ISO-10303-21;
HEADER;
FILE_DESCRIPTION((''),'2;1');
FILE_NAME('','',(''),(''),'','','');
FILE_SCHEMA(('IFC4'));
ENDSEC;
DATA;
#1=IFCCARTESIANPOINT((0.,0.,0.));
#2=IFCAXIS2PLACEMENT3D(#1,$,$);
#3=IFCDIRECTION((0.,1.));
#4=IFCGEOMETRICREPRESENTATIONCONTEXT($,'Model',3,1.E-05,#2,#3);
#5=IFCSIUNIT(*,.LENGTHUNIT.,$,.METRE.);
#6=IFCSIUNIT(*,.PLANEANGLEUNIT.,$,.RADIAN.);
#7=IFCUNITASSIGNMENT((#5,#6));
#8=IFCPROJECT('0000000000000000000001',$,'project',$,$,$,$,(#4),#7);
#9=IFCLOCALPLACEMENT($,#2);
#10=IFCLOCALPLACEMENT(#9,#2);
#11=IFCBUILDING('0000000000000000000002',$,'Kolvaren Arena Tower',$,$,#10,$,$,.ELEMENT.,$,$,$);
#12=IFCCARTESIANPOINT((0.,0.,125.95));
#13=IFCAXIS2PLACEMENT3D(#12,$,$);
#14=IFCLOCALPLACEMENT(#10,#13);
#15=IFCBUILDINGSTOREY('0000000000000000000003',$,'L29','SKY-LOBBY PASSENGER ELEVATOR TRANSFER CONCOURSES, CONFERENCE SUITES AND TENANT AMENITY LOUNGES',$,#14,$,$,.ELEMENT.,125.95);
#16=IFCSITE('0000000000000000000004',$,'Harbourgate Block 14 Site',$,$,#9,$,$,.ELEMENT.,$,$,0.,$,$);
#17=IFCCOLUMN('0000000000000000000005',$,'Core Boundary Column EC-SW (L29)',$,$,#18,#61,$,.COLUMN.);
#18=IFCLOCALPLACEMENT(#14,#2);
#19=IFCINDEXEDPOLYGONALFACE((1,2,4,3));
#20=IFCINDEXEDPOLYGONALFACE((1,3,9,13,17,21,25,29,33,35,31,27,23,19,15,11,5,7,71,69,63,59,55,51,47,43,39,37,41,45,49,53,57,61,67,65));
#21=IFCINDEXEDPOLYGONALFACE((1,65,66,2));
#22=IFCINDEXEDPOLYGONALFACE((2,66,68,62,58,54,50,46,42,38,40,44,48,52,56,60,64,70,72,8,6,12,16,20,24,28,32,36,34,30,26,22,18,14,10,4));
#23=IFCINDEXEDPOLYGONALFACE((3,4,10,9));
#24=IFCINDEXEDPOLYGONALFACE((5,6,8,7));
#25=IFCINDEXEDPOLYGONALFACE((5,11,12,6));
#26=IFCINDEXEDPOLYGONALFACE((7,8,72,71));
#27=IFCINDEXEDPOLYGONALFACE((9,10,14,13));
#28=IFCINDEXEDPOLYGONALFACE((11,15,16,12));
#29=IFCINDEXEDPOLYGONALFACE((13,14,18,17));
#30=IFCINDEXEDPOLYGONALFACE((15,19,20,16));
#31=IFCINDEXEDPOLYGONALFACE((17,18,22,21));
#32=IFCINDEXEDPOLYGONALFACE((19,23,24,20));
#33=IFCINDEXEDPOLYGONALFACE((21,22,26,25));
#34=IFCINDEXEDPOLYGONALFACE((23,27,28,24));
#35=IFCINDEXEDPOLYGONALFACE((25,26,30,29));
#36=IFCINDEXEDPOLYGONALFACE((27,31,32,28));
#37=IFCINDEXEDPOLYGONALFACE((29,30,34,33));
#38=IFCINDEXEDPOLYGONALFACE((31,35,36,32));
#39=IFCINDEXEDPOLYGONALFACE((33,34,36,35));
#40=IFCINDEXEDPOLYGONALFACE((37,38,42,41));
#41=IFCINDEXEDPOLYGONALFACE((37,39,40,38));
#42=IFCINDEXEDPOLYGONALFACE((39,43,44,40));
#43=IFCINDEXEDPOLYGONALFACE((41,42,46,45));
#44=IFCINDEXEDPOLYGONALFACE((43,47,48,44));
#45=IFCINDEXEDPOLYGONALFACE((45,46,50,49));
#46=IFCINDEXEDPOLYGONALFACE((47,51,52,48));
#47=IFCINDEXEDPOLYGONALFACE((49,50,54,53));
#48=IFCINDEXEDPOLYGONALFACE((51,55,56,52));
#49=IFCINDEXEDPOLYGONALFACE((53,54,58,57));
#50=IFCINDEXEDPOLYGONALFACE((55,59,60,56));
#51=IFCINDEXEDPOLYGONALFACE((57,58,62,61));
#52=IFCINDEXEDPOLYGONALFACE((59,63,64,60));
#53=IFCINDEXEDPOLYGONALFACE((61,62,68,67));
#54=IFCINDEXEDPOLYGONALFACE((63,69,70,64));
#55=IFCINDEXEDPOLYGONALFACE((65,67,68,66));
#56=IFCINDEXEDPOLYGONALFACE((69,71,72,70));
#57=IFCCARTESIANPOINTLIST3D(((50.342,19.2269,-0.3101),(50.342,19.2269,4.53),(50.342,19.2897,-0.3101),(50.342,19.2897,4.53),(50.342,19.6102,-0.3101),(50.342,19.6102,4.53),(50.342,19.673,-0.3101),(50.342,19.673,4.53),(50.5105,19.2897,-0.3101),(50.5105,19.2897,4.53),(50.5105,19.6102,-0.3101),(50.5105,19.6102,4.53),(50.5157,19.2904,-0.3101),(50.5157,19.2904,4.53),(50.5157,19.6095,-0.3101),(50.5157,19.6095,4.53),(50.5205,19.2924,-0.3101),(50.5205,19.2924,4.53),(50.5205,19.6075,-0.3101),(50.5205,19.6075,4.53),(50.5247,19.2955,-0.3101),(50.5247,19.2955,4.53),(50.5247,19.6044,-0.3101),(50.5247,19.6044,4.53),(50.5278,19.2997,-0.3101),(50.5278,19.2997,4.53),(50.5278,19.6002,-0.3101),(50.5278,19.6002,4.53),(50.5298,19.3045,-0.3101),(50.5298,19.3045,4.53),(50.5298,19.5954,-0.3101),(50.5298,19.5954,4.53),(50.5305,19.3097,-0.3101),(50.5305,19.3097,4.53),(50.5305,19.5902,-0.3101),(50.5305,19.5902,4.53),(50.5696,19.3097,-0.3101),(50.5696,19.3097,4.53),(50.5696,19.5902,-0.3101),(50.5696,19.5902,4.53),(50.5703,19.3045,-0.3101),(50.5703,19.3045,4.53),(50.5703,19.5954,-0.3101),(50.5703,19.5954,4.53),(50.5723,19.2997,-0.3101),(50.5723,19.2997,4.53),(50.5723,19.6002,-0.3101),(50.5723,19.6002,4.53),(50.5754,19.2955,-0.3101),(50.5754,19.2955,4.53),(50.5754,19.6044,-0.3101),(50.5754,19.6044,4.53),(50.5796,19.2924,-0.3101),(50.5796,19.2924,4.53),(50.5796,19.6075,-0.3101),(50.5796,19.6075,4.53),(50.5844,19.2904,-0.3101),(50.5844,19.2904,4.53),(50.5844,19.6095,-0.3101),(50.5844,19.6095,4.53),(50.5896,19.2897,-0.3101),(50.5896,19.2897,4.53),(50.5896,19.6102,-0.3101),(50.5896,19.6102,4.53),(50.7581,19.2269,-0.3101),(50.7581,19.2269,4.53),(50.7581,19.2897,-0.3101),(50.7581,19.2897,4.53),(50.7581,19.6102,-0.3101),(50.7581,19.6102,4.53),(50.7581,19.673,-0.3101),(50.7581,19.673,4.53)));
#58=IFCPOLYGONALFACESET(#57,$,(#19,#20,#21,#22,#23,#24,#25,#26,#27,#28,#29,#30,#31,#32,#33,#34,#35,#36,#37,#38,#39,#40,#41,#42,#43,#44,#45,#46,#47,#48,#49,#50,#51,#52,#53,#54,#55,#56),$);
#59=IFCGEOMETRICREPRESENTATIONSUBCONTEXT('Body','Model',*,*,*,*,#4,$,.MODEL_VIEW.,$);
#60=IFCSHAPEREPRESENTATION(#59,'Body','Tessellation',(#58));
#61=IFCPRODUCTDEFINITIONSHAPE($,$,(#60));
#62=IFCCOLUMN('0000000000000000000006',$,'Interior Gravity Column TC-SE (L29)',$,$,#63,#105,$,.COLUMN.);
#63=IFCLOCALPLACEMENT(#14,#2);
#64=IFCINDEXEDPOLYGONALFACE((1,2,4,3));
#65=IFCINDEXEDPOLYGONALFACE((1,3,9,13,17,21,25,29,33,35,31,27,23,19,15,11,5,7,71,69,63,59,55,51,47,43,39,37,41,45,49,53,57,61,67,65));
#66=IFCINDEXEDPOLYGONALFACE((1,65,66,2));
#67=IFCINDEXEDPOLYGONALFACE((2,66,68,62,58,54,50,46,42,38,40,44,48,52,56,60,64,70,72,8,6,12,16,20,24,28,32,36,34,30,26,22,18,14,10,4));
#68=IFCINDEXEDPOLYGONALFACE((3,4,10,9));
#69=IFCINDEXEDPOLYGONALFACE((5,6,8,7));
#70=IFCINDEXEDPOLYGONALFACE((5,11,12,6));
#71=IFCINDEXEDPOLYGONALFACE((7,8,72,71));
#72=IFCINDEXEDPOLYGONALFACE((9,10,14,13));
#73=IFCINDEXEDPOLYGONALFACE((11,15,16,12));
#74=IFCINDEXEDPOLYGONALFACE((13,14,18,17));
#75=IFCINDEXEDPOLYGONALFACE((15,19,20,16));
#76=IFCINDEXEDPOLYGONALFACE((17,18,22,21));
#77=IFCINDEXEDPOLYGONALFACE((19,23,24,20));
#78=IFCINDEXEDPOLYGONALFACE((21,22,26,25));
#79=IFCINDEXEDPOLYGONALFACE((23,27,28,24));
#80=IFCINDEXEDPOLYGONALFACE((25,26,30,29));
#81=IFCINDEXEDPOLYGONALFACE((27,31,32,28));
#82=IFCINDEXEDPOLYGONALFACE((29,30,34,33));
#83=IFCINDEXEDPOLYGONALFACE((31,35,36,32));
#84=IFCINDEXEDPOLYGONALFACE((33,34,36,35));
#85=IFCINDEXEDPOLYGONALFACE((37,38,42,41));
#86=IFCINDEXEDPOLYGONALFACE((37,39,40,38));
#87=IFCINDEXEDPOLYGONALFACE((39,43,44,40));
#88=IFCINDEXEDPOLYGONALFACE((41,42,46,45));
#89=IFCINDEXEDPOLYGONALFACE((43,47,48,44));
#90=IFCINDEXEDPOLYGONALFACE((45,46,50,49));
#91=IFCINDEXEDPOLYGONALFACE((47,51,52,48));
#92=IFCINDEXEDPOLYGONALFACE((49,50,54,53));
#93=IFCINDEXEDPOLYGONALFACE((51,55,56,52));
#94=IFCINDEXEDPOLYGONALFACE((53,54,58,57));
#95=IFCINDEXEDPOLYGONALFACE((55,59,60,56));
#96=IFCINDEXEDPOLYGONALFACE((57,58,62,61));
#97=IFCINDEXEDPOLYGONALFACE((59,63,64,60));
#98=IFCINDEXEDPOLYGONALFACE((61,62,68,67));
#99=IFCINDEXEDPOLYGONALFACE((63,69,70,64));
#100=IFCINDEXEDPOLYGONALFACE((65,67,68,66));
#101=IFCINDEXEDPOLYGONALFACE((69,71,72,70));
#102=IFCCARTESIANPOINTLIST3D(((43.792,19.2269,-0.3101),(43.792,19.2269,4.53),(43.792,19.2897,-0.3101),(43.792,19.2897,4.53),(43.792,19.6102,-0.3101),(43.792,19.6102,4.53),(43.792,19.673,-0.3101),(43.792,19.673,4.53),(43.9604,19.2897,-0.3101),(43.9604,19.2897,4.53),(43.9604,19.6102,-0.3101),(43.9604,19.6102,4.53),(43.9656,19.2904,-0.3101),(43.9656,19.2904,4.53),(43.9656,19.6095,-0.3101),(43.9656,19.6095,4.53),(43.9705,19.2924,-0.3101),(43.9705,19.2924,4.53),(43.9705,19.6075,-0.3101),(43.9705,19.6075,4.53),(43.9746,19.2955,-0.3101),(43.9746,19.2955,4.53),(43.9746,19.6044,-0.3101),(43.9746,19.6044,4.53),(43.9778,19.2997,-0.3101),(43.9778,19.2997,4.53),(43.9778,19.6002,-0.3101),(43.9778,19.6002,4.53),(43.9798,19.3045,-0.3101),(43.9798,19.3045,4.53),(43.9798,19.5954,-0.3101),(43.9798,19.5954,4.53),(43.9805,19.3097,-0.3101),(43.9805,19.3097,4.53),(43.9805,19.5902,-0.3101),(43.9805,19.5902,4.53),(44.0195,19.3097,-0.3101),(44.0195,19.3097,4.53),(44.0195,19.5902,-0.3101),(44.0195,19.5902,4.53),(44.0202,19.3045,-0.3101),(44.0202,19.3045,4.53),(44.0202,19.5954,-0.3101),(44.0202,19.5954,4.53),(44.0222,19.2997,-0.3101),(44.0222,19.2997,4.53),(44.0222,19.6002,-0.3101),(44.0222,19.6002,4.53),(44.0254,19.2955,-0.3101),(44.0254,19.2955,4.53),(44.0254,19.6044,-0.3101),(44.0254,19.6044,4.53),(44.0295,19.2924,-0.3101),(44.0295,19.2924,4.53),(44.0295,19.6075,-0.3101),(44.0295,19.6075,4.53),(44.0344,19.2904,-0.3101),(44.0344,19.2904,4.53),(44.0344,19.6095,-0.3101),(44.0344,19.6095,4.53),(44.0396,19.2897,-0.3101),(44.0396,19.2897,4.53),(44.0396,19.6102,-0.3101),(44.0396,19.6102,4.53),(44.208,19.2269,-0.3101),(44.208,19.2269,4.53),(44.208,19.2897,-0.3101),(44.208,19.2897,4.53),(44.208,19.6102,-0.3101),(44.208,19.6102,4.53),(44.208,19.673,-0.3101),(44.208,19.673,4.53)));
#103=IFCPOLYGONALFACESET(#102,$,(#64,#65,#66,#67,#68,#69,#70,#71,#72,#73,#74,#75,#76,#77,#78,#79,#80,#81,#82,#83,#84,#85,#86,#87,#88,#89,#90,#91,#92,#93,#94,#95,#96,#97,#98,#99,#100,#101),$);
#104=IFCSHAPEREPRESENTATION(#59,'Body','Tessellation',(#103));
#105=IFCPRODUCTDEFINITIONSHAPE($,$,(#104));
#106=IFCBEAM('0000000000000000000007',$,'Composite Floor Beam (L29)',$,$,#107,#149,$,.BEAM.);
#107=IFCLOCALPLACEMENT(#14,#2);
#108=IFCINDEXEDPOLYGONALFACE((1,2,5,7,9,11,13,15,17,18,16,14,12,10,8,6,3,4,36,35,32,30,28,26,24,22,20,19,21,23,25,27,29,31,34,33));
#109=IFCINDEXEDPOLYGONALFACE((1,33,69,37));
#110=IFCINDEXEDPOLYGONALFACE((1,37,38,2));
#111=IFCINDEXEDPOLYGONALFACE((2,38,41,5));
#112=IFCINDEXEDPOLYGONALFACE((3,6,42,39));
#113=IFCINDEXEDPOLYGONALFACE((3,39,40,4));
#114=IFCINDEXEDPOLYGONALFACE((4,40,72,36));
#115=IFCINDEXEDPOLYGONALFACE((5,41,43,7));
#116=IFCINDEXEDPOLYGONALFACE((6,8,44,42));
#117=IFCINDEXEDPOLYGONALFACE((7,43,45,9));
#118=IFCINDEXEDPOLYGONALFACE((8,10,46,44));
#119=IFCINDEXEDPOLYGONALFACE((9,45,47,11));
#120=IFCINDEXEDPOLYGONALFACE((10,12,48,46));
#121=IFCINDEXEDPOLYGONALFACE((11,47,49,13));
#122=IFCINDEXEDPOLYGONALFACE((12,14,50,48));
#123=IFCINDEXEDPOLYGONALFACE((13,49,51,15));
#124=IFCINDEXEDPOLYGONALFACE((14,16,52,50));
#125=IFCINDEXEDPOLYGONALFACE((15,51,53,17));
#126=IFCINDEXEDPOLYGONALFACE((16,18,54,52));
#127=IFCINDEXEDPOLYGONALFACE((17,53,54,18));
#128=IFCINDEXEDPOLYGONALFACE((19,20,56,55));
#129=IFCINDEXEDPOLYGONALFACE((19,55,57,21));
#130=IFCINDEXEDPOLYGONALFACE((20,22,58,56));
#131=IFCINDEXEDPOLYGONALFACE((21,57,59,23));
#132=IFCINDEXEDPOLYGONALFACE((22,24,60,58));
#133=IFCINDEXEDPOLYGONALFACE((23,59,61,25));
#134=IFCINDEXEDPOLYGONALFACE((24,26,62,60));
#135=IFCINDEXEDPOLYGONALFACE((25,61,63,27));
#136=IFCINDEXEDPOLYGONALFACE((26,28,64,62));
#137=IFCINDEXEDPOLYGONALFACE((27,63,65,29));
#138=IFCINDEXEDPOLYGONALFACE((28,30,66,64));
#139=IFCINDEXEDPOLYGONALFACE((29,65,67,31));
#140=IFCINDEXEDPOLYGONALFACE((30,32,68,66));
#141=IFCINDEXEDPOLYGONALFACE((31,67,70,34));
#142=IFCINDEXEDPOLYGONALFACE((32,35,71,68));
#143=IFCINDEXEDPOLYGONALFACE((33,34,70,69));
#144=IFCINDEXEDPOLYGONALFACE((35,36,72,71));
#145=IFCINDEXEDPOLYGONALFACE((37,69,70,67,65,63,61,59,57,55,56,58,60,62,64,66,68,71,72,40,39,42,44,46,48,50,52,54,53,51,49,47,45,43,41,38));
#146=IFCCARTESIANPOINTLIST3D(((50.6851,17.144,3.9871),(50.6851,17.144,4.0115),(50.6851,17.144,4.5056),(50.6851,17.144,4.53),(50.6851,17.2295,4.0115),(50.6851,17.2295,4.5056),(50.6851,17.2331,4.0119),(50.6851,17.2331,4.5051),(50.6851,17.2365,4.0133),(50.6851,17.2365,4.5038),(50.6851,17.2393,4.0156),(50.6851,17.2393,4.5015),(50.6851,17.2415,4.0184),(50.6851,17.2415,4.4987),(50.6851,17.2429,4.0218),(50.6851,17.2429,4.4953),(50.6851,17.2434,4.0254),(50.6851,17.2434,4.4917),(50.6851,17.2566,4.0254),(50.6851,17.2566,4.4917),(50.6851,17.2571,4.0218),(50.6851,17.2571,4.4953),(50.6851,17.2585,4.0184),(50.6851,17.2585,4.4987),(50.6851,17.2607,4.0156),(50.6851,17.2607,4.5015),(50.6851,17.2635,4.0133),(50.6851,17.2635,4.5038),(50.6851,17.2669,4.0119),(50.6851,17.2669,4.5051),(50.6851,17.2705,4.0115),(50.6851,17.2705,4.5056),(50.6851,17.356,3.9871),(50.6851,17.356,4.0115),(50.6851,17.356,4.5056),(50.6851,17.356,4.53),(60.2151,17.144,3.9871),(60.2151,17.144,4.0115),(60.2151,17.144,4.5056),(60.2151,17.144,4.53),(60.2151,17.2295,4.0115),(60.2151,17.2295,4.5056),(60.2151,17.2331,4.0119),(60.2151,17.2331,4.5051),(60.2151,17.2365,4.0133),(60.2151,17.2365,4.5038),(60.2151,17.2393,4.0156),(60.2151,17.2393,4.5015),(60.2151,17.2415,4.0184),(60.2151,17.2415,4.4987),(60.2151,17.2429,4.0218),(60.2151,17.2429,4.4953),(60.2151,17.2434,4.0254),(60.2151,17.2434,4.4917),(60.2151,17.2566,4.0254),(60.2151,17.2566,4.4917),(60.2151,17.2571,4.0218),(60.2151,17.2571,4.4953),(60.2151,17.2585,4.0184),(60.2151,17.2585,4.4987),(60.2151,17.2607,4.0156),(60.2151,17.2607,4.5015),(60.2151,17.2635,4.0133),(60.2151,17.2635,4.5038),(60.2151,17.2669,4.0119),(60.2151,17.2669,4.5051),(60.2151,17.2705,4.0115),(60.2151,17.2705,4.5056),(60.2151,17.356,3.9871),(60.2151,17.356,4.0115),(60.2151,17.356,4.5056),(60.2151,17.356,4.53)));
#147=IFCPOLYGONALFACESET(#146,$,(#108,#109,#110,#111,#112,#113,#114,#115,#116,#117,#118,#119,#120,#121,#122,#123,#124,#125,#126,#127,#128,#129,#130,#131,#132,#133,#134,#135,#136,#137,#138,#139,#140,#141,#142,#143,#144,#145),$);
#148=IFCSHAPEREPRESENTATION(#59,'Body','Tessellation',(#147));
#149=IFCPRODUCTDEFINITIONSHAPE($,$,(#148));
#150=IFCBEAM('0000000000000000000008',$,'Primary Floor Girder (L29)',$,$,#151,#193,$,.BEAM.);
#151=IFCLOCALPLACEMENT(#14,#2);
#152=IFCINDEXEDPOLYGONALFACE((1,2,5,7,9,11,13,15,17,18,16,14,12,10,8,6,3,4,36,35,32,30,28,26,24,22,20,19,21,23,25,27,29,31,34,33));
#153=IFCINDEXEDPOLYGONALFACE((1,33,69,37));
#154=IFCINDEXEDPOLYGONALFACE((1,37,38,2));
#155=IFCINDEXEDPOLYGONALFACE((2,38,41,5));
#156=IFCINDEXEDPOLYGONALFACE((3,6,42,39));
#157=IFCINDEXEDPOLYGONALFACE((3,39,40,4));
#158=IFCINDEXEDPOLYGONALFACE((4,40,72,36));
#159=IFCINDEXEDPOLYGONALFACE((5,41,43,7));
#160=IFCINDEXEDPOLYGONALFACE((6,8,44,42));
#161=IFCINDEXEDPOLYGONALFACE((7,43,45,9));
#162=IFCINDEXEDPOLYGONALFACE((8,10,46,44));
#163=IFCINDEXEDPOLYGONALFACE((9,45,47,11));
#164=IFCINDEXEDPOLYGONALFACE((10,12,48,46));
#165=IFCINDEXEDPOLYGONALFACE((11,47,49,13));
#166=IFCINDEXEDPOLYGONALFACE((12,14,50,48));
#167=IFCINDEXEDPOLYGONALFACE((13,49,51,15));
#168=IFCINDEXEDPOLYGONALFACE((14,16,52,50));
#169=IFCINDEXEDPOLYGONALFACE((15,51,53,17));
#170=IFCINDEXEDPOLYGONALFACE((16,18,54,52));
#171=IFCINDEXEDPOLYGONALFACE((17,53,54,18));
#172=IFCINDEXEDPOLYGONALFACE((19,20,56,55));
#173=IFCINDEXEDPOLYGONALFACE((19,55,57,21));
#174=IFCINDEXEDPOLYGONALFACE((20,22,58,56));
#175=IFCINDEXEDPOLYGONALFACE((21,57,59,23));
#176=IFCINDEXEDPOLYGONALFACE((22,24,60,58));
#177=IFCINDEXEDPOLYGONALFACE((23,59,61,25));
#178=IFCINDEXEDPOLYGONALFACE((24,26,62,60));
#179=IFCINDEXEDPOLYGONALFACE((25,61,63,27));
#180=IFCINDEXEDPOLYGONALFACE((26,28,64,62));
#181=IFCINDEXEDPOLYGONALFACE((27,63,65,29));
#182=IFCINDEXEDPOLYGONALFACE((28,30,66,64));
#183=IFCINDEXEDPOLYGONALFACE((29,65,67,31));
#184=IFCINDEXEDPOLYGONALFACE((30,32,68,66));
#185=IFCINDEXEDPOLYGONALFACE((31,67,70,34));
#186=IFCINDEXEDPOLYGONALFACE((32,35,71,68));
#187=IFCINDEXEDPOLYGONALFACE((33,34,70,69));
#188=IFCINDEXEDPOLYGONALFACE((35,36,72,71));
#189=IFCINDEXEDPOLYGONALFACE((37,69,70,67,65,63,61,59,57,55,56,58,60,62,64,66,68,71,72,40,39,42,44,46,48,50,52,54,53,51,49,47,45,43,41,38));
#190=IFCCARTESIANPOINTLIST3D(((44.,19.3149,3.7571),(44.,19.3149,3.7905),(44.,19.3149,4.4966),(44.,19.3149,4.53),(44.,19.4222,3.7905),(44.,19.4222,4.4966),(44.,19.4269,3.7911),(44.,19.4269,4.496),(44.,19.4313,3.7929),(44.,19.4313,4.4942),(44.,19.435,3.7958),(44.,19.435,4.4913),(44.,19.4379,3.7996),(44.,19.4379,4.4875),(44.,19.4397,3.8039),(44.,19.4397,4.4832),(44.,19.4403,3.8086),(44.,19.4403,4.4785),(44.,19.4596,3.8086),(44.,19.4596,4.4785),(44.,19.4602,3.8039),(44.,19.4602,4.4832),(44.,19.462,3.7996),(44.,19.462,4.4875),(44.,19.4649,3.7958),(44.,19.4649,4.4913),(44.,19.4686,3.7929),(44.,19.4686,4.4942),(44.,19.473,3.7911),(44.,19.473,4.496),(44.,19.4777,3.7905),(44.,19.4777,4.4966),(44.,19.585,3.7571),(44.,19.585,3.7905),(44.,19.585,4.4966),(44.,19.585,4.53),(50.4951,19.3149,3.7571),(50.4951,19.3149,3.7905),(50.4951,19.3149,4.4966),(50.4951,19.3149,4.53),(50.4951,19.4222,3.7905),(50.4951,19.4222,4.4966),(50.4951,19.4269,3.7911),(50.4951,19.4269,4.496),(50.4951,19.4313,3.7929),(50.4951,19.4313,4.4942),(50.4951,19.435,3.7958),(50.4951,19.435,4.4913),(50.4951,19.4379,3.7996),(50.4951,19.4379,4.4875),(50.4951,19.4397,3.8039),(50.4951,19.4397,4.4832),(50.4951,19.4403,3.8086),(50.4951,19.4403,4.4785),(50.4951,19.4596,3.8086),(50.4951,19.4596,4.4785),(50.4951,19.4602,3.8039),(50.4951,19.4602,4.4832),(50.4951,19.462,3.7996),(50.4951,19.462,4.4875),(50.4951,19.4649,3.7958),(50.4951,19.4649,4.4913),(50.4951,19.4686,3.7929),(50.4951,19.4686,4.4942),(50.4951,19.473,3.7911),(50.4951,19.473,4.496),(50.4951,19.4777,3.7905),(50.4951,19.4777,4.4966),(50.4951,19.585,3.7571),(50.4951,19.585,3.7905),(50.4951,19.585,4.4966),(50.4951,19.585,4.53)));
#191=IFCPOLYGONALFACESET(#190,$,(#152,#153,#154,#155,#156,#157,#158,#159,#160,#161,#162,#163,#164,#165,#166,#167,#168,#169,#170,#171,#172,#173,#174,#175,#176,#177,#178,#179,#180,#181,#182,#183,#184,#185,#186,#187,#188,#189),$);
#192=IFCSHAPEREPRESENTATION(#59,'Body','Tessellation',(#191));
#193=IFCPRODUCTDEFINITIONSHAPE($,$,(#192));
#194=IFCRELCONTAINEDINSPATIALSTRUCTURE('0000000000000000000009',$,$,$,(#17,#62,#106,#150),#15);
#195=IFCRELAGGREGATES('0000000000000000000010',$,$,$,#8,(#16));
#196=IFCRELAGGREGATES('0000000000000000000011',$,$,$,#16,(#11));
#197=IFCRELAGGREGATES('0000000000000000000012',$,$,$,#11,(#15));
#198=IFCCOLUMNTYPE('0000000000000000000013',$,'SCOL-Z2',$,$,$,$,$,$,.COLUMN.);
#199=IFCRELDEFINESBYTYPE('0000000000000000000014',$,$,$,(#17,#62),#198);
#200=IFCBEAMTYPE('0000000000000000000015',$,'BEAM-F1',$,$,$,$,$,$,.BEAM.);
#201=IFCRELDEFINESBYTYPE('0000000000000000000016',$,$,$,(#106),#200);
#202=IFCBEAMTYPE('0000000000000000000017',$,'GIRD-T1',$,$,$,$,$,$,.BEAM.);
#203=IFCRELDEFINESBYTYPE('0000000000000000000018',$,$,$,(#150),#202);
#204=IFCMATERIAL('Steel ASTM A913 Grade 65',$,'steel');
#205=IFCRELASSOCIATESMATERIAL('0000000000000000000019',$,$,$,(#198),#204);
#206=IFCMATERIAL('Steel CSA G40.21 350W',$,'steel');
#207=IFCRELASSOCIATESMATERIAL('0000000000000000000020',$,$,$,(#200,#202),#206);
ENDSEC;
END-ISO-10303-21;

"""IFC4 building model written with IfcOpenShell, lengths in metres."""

from ifc_helpers import new_model, si_unit, direction, frame, origin, origin_2d, place, context, subcontext, project, spatial, i_section, extrude, material, material_profile, profile_set, type_object, element, save


model = new_model("IFC4")

# Units and contexts
model_context = context("Model", 3, precision=1e-05, world=origin(), true_north=direction((0.0, 1.0)))
body_context = subcontext(model_context, "Body", "Model", "MODEL_VIEW")
ifc_project = project(units=[si_unit("LENGTHUNIT", "METRE"), si_unit("PLANEANGLEUNIT", "RADIAN")], contexts=[model_context])

# Site, building, storey
site_placement = place(None, origin())
site = spatial("IfcSite", under=ifc_project, at=site_placement, Name="Harbourgate Block 14 Site", CompositionType="ELEMENT", RefElevation=0.0)
building_placement = place(site_placement, origin())
building = spatial("IfcBuilding", under=site, at=building_placement, Name="Kolvaren Arena Tower", CompositionType="ELEMENT")
storey_placement = place(building_placement, frame((0.0, 0.0, 125.95)))
storey = spatial("IfcBuildingStorey", under=building, at=storey_placement, Name="L29", Description="SKY-LOBBY PASSENGER ELEVATOR TRANSFER CONCOURSES, CONFERENCE SUITES AND TENANT AMENITY LOUNGES", CompositionType="ELEMENT", Elevation=125.95)

# Columns
ifc_material_1 = material(Name="Steel ASTM A913 Grade 65", Category="steel")
ifc_material_profile_1 = material_profile(ifc_material_1, i_section(OverallWidth=0.416, OverallDepth=0.446, WebThickness=0.0391, FlangeThickness=0.0627, FilletRadius=0.02, at=origin_2d()), Name="W360x509")
ifc_profile_set_1 = profile_set([ifc_material_profile_1], Name="Steel ASTM A913 Grade 65")
column_type = type_object("IfcColumnType", Name="SCOL-Z2", PredefinedType="COLUMN", material=ifc_profile_set_1)
for number, where, z_axis, x_axis, name in (
    (1, (50.55, 19.45, -0.3101), (0.0, 0.0, 1.0), (1.0, 0.0, 0.0), "Core Boundary Column EC-SW (L29)"),
    (2, (44.0, 19.45, -0.3101), (0.0, 0.0, 1.0), (1.0, 0.0, 0.0), "Interior Gravity Column TC-SE (L29)"),
):
    element("IfcColumn", number, at=place(storey_placement, frame(where, z_axis=z_axis, x_axis=x_axis)), inside=storey, type_object=column_type, Name=name, PredefinedType="COLUMN", context=body_context, shape_type="SweptSolid", body=[
        extrude(i_section(OverallWidth=0.416, OverallDepth=0.446, WebThickness=0.0391, FlangeThickness=0.0627, FilletRadius=0.02, at=origin_2d()), origin(), (0.0, 0.0, 1.0), 4.8401),
    ])

# Beams
ifc_material_2 = material(Name="Steel CSA G40.21 350W", Category="steel")
ifc_material_profile_2 = material_profile(ifc_material_2, i_section(OverallWidth=0.2119, OverallDepth=0.543, WebThickness=0.0132, FlangeThickness=0.0244, FilletRadius=0.0139, at=origin_2d()), Name="W530x150")
ifc_profile_set_2 = profile_set([ifc_material_profile_2], Name="Steel CSA G40.21 350W")
beam_type_1 = type_object("IfcBeamType", Name="BEAM-F1", PredefinedType="BEAM", material=ifc_profile_set_2)
beam_1_placement = place(storey_placement, frame((50.6851, 17.25, 4.2585), z_axis=(1.0, 0.0, 0.0), x_axis=(0.0, 1.0, 0.0)))
element("IfcBeam", 3, at=beam_1_placement, inside=storey, type_object=beam_type_1, Name="Composite Floor Beam (L29)", PredefinedType="BEAM", context=body_context, shape_type="SweptSolid", body=[
    extrude(i_section(OverallWidth=0.2119, OverallDepth=0.543, WebThickness=0.0132, FlangeThickness=0.0244, FilletRadius=0.0139, at=origin_2d()), origin(), (0.0, 0.0, 1.0), 9.53),
])
ifc_material_profile_3 = material_profile(ifc_material_2, i_section(OverallWidth=0.27, OverallDepth=0.7729, WebThickness=0.0193, FlangeThickness=0.0334, FilletRadius=0.0181, at=origin_2d()), Name="W760x257")
ifc_profile_set_3 = profile_set([ifc_material_profile_3], Name="Steel CSA G40.21 350W")
beam_type_2 = type_object("IfcBeamType", Name="GIRD-T1", PredefinedType="BEAM", material=ifc_profile_set_3)
beam_2_placement = place(storey_placement, frame((44.0, 19.45, 4.1436), z_axis=(1.0, 0.0, 0.0), x_axis=(0.0, 1.0, 0.0)))
element("IfcBeam", 4, at=beam_2_placement, inside=storey, type_object=beam_type_2, Name="Primary Floor Girder (L29)", PredefinedType="BEAM", context=body_context, shape_type="SweptSolid", body=[
    extrude(i_section(OverallWidth=0.27, OverallDepth=0.7729, WebThickness=0.0193, FlangeThickness=0.0334, FilletRadius=0.0181, at=origin_2d()), origin(), (0.0, 0.0, 1.0), 6.4951),
])

save(model, "model.ifc")
